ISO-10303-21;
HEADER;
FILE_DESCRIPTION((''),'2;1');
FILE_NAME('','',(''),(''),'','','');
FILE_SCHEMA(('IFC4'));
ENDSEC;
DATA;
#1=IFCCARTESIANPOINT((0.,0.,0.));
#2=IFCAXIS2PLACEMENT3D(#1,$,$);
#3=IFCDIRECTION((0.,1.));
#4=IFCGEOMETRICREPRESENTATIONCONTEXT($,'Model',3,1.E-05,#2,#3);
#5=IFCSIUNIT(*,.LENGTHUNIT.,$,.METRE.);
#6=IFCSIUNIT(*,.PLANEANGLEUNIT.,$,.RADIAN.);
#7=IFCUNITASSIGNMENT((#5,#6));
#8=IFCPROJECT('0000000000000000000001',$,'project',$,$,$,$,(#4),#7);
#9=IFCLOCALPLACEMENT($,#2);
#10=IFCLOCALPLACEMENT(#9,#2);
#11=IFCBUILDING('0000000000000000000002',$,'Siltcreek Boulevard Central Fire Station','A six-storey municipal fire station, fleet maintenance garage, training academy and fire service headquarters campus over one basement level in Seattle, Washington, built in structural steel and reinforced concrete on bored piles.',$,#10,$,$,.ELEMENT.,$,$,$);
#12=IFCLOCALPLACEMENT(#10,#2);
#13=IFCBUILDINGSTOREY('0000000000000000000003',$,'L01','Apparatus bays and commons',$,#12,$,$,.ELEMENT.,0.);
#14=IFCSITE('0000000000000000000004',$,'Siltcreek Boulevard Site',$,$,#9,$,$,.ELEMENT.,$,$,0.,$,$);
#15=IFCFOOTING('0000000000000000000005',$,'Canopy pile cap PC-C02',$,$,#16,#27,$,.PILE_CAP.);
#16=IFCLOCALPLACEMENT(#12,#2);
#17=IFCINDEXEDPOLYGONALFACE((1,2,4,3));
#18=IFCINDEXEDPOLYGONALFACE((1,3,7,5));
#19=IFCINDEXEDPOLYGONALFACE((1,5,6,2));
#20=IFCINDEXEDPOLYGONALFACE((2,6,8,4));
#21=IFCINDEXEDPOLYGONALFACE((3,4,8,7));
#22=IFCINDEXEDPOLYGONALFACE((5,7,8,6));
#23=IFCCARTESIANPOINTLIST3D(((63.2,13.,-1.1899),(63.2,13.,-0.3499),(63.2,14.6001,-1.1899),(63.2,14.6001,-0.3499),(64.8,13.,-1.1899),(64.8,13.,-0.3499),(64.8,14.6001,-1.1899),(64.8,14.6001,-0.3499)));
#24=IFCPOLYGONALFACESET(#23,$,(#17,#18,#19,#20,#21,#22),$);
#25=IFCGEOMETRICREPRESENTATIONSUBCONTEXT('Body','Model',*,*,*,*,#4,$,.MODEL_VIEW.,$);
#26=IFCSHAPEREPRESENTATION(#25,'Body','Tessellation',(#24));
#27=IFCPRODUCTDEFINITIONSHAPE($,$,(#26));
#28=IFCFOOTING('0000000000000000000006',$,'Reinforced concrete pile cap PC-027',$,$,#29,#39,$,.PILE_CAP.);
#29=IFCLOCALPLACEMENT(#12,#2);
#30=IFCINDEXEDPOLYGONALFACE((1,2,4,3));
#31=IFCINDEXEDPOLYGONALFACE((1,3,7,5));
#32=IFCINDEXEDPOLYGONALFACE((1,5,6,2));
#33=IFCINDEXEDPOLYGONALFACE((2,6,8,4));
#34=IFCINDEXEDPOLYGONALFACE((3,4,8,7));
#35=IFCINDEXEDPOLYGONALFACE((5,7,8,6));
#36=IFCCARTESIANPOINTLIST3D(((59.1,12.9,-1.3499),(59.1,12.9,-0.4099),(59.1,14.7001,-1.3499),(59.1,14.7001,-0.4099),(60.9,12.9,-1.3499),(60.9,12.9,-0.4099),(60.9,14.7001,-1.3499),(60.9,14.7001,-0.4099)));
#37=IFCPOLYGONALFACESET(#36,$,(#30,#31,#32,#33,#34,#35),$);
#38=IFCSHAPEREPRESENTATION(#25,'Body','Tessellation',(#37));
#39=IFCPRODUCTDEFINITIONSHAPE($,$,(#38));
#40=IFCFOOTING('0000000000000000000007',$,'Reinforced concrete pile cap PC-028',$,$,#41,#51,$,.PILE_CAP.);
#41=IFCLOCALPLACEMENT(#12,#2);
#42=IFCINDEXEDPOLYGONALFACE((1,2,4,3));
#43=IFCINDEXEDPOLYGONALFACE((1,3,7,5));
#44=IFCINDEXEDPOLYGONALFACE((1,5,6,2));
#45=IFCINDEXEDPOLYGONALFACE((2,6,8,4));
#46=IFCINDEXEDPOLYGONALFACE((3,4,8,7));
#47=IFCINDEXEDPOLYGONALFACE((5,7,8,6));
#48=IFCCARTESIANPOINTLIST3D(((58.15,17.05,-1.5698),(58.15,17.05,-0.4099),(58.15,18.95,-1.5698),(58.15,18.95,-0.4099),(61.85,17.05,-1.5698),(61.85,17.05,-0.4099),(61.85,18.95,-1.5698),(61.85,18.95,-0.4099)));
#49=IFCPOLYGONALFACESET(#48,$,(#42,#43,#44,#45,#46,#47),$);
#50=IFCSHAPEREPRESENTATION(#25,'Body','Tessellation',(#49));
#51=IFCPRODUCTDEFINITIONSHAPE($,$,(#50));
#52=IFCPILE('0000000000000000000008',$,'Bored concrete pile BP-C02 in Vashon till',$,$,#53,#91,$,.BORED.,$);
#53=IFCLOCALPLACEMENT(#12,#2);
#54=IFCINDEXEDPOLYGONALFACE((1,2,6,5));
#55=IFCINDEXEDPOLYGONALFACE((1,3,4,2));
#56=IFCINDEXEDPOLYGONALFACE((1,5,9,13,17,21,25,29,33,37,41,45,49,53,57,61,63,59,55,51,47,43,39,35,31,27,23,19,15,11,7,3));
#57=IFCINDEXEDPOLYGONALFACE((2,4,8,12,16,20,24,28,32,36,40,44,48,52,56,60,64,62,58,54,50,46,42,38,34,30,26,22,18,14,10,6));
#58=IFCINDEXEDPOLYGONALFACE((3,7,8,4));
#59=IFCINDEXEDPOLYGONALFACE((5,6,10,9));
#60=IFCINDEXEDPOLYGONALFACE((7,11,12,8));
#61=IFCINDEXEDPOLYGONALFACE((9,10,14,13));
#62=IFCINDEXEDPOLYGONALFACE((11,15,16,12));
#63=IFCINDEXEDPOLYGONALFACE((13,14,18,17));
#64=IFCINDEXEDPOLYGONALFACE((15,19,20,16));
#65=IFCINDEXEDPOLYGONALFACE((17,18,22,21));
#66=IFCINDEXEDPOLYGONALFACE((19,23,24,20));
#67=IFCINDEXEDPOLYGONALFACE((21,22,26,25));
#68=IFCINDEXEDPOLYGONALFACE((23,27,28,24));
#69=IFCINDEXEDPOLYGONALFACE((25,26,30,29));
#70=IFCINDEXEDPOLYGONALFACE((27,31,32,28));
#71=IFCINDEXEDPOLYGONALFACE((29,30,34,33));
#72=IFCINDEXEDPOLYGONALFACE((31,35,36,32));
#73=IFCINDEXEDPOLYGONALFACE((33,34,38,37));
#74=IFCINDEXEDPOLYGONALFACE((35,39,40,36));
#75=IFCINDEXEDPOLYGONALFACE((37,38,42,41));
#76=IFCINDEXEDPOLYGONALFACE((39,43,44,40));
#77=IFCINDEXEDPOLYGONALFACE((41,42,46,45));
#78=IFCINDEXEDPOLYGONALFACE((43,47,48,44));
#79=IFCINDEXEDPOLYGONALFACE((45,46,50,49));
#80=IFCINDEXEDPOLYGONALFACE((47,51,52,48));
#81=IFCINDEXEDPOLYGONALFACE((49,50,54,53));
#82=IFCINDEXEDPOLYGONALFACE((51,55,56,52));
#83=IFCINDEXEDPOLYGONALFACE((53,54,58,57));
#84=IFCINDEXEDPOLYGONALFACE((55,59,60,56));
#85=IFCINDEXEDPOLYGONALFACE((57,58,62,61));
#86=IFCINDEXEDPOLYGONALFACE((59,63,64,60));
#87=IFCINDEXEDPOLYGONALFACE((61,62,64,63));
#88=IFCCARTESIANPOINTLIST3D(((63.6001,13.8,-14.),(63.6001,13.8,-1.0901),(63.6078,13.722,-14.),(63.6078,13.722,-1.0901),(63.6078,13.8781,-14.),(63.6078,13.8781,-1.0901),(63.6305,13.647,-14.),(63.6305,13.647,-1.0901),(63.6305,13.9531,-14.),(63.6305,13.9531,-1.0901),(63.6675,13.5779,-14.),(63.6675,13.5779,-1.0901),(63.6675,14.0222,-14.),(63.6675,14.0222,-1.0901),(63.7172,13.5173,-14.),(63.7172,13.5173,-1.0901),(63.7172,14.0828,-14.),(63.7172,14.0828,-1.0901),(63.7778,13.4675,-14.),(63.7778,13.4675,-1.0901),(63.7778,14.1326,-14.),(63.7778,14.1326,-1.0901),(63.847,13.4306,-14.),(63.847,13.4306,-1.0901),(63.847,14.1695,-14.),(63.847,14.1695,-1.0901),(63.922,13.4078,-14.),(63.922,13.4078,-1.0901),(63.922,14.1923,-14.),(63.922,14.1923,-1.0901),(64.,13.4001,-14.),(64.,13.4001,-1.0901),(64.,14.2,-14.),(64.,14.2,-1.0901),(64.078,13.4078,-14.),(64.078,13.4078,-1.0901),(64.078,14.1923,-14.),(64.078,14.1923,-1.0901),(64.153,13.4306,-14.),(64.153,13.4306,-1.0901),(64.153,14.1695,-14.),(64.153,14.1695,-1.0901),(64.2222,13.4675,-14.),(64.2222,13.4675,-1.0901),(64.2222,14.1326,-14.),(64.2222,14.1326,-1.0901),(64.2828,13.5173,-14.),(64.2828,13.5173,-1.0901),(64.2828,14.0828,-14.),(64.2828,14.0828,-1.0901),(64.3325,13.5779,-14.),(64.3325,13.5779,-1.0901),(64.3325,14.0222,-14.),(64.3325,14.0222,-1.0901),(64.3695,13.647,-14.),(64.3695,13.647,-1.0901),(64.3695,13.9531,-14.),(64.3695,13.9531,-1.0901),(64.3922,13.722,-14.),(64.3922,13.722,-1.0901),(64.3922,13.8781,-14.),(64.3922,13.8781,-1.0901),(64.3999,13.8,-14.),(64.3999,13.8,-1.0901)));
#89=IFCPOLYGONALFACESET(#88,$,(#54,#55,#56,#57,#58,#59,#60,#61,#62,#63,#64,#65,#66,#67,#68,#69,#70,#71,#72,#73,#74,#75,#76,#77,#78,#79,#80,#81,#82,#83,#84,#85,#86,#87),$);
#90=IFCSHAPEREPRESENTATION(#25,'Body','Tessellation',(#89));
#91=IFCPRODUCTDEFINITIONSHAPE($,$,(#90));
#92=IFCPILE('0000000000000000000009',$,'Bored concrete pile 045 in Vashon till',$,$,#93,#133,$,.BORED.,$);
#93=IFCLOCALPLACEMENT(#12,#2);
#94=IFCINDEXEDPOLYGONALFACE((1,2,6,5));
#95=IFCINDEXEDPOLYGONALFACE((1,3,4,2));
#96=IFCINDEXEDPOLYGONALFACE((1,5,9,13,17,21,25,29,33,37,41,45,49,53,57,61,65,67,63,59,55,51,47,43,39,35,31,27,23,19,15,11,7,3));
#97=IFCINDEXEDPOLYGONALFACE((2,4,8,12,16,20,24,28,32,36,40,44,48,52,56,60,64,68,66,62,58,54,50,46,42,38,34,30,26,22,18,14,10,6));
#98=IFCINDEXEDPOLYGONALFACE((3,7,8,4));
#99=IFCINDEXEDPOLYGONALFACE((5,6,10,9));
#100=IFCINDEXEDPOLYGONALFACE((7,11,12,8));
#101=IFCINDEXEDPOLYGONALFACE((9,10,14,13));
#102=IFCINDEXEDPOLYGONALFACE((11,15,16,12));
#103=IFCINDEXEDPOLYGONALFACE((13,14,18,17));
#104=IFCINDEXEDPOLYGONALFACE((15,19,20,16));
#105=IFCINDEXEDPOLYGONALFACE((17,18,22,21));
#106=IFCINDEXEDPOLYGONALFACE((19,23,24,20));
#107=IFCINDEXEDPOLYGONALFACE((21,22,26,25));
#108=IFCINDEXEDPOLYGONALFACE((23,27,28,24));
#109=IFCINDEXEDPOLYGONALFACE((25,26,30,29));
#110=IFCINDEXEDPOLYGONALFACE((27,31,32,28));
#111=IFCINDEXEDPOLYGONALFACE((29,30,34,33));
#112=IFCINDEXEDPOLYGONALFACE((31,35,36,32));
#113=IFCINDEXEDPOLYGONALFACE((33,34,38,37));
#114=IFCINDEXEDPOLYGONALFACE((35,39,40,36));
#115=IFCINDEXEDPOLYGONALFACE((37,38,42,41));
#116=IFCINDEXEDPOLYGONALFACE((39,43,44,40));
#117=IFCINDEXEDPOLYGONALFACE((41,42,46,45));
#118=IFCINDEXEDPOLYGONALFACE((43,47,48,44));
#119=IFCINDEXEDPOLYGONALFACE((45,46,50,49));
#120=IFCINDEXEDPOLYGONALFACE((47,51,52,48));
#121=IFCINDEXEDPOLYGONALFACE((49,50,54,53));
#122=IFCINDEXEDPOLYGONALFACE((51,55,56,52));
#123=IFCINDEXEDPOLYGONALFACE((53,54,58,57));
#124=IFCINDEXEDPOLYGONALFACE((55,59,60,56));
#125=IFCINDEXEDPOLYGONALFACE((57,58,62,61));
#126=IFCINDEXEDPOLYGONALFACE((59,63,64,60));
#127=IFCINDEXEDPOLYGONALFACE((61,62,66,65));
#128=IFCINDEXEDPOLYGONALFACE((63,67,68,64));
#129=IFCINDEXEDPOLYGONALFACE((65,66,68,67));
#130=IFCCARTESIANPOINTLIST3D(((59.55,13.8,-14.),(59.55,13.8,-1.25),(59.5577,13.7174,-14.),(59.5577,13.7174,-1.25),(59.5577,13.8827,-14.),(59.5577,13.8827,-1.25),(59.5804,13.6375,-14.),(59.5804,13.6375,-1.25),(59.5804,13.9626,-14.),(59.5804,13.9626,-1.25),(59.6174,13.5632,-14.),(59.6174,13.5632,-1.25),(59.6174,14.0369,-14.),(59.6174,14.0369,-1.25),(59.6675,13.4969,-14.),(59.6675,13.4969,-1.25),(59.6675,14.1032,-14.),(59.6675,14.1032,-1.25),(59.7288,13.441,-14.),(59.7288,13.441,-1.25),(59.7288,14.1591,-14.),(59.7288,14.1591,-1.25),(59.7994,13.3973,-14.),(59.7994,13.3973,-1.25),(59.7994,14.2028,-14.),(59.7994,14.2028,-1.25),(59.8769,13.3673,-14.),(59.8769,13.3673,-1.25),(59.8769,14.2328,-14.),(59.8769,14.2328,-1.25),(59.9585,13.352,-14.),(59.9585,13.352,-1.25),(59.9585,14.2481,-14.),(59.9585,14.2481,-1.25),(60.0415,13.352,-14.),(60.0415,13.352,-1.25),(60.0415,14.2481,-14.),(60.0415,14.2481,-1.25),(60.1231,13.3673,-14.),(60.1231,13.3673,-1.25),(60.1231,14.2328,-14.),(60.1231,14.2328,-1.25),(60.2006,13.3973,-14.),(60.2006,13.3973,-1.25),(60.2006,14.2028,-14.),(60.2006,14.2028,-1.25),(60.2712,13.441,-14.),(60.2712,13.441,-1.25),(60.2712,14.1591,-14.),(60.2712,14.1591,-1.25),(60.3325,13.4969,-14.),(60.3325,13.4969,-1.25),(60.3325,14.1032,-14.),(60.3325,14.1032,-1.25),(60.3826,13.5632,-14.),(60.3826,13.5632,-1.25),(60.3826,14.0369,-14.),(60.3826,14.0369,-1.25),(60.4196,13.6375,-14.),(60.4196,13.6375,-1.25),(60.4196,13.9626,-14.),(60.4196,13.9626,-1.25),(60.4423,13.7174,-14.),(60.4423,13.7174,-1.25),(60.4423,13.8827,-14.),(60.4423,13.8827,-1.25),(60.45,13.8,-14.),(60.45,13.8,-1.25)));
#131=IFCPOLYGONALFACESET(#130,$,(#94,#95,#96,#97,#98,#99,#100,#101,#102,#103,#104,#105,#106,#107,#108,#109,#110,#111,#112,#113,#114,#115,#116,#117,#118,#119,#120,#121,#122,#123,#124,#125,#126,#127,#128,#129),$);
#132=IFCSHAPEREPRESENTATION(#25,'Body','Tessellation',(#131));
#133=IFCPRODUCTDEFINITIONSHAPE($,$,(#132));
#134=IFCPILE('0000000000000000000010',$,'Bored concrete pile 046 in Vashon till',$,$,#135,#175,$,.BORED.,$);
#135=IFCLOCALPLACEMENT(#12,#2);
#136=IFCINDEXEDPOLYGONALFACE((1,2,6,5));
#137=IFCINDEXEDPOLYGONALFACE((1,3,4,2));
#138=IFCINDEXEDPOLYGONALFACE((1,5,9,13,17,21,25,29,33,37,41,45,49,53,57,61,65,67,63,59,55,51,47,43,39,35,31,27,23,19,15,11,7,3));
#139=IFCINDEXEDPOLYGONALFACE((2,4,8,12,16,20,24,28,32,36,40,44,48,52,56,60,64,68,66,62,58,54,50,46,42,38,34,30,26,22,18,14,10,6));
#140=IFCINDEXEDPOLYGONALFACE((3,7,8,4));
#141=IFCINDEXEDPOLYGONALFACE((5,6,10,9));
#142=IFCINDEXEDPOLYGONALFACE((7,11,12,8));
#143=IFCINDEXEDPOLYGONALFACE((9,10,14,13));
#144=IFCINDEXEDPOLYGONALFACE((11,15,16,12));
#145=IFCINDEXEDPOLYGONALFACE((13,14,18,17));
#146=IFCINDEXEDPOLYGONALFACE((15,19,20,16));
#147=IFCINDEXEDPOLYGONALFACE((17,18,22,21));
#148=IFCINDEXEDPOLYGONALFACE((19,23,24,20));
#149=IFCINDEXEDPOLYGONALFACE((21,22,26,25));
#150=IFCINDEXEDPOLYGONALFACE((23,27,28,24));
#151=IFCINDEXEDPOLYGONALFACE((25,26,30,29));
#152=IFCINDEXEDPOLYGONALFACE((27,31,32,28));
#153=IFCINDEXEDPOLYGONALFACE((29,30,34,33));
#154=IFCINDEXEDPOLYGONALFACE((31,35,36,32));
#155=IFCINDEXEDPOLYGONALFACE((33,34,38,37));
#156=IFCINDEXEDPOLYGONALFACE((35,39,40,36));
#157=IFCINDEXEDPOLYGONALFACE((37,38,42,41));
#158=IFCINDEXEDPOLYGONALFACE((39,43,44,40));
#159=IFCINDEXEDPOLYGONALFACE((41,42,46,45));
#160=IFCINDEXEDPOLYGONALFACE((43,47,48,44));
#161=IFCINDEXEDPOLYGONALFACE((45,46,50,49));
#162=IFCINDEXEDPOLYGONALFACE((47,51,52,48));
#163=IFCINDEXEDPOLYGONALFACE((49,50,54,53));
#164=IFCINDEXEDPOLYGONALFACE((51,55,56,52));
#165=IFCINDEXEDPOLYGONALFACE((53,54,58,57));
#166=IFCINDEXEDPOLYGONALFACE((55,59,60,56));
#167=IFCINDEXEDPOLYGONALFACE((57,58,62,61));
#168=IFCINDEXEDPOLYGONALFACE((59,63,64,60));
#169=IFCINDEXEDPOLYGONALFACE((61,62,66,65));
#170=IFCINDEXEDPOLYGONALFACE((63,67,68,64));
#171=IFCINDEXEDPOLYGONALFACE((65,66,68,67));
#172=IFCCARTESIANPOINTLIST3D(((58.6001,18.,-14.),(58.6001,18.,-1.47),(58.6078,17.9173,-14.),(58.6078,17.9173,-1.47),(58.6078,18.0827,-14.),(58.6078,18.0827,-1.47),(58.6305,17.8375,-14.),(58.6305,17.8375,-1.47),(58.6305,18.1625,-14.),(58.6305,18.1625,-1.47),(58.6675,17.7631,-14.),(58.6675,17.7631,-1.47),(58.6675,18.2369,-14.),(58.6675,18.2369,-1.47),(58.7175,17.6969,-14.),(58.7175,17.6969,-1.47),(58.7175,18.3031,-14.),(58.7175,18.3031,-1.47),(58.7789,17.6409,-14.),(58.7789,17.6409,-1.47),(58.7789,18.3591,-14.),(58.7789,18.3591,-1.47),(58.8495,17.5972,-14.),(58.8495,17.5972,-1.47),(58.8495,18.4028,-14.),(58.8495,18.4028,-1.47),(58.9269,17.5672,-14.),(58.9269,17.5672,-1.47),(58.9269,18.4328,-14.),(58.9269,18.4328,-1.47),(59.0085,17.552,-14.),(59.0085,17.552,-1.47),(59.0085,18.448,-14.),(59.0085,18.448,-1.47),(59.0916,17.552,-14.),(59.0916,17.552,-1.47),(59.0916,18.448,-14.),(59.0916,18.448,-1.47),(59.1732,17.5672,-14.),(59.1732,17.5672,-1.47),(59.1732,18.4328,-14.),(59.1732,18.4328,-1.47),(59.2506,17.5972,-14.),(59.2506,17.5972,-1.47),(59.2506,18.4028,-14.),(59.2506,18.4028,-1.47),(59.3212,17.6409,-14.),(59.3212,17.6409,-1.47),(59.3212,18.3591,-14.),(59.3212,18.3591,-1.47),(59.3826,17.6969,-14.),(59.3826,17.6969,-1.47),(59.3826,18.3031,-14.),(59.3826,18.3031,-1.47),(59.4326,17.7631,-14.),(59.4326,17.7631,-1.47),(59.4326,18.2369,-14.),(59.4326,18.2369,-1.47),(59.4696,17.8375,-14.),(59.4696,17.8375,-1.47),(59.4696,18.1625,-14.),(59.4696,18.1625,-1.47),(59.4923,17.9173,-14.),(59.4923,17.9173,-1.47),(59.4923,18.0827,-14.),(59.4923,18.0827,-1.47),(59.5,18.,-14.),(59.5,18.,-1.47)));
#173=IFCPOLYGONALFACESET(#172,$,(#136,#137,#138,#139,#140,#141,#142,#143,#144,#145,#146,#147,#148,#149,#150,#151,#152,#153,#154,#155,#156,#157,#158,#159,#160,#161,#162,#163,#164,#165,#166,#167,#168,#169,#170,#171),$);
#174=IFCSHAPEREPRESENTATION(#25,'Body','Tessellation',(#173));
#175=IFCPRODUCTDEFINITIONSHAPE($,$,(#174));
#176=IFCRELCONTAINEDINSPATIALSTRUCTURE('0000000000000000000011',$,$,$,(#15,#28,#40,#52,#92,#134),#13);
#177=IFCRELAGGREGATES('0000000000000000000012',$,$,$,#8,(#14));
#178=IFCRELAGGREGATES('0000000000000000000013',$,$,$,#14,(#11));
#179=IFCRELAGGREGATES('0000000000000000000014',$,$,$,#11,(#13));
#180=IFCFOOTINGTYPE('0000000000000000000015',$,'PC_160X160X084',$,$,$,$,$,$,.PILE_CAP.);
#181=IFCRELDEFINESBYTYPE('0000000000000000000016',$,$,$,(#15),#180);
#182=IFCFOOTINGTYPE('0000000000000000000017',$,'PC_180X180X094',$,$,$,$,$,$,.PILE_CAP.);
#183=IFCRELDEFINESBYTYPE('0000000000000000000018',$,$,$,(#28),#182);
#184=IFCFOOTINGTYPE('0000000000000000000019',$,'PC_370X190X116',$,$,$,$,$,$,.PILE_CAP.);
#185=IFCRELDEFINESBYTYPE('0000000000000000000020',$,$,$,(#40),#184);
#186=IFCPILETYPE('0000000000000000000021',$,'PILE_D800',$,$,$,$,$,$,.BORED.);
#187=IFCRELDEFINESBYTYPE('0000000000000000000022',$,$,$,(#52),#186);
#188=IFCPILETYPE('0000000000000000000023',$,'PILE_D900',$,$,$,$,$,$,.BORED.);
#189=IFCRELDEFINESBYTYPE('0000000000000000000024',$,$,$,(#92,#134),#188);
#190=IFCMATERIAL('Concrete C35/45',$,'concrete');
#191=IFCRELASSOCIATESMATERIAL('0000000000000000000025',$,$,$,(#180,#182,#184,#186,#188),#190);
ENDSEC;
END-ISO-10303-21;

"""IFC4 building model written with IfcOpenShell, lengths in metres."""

from ifc_helpers import new_model, si_unit, direction, frame, origin, origin_2d, place, context, subcontext, project, spatial, rectangle, circle, extrude, material, material_profile, profile_set, type_object, element, save


model = new_model("IFC4")

# Units and contexts
model_context = context("Model", 3, precision=1e-05, world=origin(), true_north=direction((0.0, 1.0)))
body_context = subcontext(model_context, "Body", "Model", "MODEL_VIEW")
ifc_project = project(units=[si_unit("LENGTHUNIT", "METRE"), si_unit("PLANEANGLEUNIT", "RADIAN")], contexts=[model_context])

# Site, building, storey
site_placement = place(None, origin())
site = spatial("IfcSite", under=ifc_project, at=site_placement, Name="Siltcreek Boulevard Site", CompositionType="ELEMENT", RefElevation=0.0)
building_placement = place(site_placement, origin())
building = spatial("IfcBuilding", under=site, at=building_placement, Name="Siltcreek Boulevard Central Fire Station", Description="A six-storey municipal fire station, fleet maintenance garage, training academy and fire service headquarters campus over one basement level in Seattle, Washington, built in structural steel and reinforced concrete on bored piles.", CompositionType="ELEMENT")
storey_placement = place(building_placement, origin())
storey = spatial("IfcBuildingStorey", under=building, at=storey_placement, Name="L01", Description="Apparatus bays and commons", CompositionType="ELEMENT", Elevation=0.0)

# Footings
ifc_material_1 = material(Name="Concrete C35/45", Category="concrete")
footing_type_1 = type_object("IfcFootingType", Name="PC_160X160X084", PredefinedType="PILE_CAP", material=ifc_material_1)
footing_1_placement = place(storey_placement, frame((64.0, 13.8, -1.1899), z_axis=(0.0, 0.0, 1.0), x_axis=(1.0, 0.0, 0.0)))
element("IfcFooting", 1, at=footing_1_placement, inside=storey, type_object=footing_type_1, Name="Canopy pile cap PC-C02", PredefinedType="PILE_CAP", context=body_context, shape_type="SweptSolid", body=[
    extrude(rectangle(XDim=1.6001, YDim=1.6001, at=origin_2d()), origin(), (0.0, 0.0, 1.0), 0.8401),
])
footing_type_2 = type_object("IfcFootingType", Name="PC_180X180X094", PredefinedType="PILE_CAP", material=ifc_material_1)
footing_2_placement = place(storey_placement, frame((60.0, 13.8, -1.3499), z_axis=(0.0, 0.0, 1.0), x_axis=(1.0, 0.0, 0.0)))
element("IfcFooting", 2, at=footing_2_placement, inside=storey, type_object=footing_type_2, Name="Reinforced concrete pile cap PC-027", PredefinedType="PILE_CAP", context=body_context, shape_type="SweptSolid", body=[
    extrude(rectangle(XDim=1.8, YDim=1.8, at=origin_2d()), origin(), (0.0, 0.0, 1.0), 0.9399),
])
footing_type_3 = type_object("IfcFootingType", Name="PC_370X190X116", PredefinedType="PILE_CAP", material=ifc_material_1)
footing_3_placement = place(storey_placement, frame((60.0, 18.0, -1.5698), z_axis=(0.0, 0.0, 1.0), x_axis=(1.0, 0.0, 0.0)))
element("IfcFooting", 3, at=footing_3_placement, inside=storey, type_object=footing_type_3, Name="Reinforced concrete pile cap PC-028", PredefinedType="PILE_CAP", context=body_context, shape_type="SweptSolid", body=[
    extrude(rectangle(XDim=3.7, YDim=1.8999, at=origin_2d()), origin(), (0.0, 0.0, 1.0), 1.1599),
])

# Piles
ifc_material_profile_1 = material_profile(ifc_material_1, circle(Radius=0.3999, at=origin_2d()), Name="SHAFT800")
ifc_profile_set_1 = profile_set([ifc_material_profile_1], Name="Concrete C35/45")
pile_type_1 = type_object("IfcPileType", Name="PILE_D800", PredefinedType="BORED", material=ifc_profile_set_1)
pile_1_placement = place(storey_placement, frame((64.0, 13.8, -1.0901), z_axis=(0.0, 0.0, -1.0), x_axis=(1.0, 0.0, 0.0)))
element("IfcPile", 4, at=pile_1_placement, inside=storey, type_object=pile_type_1, Name="Bored concrete pile BP-C02 in Vashon till", PredefinedType="BORED", context=body_context, shape_type="SweptSolid", body=[
    extrude(circle(Radius=0.3999, at=origin_2d()), origin(), (0.0, 0.0, 1.0), 12.9099),
])
ifc_material_profile_2 = material_profile(ifc_material_1, circle(Radius=0.45, at=origin_2d()), Name="SHAFT900")
ifc_profile_set_2 = profile_set([ifc_material_profile_2], Name="Concrete C35/45")
pile_type_2 = type_object("IfcPileType", Name="PILE_D900", PredefinedType="BORED", material=ifc_profile_set_2)
pile_2_placement = place(storey_placement, frame((60.0, 13.8, -1.25), z_axis=(0.0, 0.0, -1.0), x_axis=(1.0, 0.0, 0.0)))
element("IfcPile", 5, at=pile_2_placement, inside=storey, type_object=pile_type_2, Name="Bored concrete pile 045 in Vashon till", PredefinedType="BORED", context=body_context, shape_type="SweptSolid", body=[
    extrude(circle(Radius=0.45, at=origin_2d()), origin(), (0.0, 0.0, 1.0), 12.75),
])
for number, where, z_axis, x_axis, name in (
    (6, (59.05, 18.0, -1.47), (0.0, 0.0, -1.0), (1.0, 0.0, 0.0), "Bored concrete pile 046 in Vashon till"),
):
    element("IfcPile", number, at=place(storey_placement, frame(where, z_axis=z_axis, x_axis=x_axis)), inside=storey, type_object=pile_type_2, Name=name, PredefinedType="BORED", context=body_context, shape_type="SweptSolid", body=[
        extrude(circle(Radius=0.45, at=origin_2d()), origin(), (0.0, 0.0, 1.0), 12.53),
    ])

save(model, "model.ifc")
